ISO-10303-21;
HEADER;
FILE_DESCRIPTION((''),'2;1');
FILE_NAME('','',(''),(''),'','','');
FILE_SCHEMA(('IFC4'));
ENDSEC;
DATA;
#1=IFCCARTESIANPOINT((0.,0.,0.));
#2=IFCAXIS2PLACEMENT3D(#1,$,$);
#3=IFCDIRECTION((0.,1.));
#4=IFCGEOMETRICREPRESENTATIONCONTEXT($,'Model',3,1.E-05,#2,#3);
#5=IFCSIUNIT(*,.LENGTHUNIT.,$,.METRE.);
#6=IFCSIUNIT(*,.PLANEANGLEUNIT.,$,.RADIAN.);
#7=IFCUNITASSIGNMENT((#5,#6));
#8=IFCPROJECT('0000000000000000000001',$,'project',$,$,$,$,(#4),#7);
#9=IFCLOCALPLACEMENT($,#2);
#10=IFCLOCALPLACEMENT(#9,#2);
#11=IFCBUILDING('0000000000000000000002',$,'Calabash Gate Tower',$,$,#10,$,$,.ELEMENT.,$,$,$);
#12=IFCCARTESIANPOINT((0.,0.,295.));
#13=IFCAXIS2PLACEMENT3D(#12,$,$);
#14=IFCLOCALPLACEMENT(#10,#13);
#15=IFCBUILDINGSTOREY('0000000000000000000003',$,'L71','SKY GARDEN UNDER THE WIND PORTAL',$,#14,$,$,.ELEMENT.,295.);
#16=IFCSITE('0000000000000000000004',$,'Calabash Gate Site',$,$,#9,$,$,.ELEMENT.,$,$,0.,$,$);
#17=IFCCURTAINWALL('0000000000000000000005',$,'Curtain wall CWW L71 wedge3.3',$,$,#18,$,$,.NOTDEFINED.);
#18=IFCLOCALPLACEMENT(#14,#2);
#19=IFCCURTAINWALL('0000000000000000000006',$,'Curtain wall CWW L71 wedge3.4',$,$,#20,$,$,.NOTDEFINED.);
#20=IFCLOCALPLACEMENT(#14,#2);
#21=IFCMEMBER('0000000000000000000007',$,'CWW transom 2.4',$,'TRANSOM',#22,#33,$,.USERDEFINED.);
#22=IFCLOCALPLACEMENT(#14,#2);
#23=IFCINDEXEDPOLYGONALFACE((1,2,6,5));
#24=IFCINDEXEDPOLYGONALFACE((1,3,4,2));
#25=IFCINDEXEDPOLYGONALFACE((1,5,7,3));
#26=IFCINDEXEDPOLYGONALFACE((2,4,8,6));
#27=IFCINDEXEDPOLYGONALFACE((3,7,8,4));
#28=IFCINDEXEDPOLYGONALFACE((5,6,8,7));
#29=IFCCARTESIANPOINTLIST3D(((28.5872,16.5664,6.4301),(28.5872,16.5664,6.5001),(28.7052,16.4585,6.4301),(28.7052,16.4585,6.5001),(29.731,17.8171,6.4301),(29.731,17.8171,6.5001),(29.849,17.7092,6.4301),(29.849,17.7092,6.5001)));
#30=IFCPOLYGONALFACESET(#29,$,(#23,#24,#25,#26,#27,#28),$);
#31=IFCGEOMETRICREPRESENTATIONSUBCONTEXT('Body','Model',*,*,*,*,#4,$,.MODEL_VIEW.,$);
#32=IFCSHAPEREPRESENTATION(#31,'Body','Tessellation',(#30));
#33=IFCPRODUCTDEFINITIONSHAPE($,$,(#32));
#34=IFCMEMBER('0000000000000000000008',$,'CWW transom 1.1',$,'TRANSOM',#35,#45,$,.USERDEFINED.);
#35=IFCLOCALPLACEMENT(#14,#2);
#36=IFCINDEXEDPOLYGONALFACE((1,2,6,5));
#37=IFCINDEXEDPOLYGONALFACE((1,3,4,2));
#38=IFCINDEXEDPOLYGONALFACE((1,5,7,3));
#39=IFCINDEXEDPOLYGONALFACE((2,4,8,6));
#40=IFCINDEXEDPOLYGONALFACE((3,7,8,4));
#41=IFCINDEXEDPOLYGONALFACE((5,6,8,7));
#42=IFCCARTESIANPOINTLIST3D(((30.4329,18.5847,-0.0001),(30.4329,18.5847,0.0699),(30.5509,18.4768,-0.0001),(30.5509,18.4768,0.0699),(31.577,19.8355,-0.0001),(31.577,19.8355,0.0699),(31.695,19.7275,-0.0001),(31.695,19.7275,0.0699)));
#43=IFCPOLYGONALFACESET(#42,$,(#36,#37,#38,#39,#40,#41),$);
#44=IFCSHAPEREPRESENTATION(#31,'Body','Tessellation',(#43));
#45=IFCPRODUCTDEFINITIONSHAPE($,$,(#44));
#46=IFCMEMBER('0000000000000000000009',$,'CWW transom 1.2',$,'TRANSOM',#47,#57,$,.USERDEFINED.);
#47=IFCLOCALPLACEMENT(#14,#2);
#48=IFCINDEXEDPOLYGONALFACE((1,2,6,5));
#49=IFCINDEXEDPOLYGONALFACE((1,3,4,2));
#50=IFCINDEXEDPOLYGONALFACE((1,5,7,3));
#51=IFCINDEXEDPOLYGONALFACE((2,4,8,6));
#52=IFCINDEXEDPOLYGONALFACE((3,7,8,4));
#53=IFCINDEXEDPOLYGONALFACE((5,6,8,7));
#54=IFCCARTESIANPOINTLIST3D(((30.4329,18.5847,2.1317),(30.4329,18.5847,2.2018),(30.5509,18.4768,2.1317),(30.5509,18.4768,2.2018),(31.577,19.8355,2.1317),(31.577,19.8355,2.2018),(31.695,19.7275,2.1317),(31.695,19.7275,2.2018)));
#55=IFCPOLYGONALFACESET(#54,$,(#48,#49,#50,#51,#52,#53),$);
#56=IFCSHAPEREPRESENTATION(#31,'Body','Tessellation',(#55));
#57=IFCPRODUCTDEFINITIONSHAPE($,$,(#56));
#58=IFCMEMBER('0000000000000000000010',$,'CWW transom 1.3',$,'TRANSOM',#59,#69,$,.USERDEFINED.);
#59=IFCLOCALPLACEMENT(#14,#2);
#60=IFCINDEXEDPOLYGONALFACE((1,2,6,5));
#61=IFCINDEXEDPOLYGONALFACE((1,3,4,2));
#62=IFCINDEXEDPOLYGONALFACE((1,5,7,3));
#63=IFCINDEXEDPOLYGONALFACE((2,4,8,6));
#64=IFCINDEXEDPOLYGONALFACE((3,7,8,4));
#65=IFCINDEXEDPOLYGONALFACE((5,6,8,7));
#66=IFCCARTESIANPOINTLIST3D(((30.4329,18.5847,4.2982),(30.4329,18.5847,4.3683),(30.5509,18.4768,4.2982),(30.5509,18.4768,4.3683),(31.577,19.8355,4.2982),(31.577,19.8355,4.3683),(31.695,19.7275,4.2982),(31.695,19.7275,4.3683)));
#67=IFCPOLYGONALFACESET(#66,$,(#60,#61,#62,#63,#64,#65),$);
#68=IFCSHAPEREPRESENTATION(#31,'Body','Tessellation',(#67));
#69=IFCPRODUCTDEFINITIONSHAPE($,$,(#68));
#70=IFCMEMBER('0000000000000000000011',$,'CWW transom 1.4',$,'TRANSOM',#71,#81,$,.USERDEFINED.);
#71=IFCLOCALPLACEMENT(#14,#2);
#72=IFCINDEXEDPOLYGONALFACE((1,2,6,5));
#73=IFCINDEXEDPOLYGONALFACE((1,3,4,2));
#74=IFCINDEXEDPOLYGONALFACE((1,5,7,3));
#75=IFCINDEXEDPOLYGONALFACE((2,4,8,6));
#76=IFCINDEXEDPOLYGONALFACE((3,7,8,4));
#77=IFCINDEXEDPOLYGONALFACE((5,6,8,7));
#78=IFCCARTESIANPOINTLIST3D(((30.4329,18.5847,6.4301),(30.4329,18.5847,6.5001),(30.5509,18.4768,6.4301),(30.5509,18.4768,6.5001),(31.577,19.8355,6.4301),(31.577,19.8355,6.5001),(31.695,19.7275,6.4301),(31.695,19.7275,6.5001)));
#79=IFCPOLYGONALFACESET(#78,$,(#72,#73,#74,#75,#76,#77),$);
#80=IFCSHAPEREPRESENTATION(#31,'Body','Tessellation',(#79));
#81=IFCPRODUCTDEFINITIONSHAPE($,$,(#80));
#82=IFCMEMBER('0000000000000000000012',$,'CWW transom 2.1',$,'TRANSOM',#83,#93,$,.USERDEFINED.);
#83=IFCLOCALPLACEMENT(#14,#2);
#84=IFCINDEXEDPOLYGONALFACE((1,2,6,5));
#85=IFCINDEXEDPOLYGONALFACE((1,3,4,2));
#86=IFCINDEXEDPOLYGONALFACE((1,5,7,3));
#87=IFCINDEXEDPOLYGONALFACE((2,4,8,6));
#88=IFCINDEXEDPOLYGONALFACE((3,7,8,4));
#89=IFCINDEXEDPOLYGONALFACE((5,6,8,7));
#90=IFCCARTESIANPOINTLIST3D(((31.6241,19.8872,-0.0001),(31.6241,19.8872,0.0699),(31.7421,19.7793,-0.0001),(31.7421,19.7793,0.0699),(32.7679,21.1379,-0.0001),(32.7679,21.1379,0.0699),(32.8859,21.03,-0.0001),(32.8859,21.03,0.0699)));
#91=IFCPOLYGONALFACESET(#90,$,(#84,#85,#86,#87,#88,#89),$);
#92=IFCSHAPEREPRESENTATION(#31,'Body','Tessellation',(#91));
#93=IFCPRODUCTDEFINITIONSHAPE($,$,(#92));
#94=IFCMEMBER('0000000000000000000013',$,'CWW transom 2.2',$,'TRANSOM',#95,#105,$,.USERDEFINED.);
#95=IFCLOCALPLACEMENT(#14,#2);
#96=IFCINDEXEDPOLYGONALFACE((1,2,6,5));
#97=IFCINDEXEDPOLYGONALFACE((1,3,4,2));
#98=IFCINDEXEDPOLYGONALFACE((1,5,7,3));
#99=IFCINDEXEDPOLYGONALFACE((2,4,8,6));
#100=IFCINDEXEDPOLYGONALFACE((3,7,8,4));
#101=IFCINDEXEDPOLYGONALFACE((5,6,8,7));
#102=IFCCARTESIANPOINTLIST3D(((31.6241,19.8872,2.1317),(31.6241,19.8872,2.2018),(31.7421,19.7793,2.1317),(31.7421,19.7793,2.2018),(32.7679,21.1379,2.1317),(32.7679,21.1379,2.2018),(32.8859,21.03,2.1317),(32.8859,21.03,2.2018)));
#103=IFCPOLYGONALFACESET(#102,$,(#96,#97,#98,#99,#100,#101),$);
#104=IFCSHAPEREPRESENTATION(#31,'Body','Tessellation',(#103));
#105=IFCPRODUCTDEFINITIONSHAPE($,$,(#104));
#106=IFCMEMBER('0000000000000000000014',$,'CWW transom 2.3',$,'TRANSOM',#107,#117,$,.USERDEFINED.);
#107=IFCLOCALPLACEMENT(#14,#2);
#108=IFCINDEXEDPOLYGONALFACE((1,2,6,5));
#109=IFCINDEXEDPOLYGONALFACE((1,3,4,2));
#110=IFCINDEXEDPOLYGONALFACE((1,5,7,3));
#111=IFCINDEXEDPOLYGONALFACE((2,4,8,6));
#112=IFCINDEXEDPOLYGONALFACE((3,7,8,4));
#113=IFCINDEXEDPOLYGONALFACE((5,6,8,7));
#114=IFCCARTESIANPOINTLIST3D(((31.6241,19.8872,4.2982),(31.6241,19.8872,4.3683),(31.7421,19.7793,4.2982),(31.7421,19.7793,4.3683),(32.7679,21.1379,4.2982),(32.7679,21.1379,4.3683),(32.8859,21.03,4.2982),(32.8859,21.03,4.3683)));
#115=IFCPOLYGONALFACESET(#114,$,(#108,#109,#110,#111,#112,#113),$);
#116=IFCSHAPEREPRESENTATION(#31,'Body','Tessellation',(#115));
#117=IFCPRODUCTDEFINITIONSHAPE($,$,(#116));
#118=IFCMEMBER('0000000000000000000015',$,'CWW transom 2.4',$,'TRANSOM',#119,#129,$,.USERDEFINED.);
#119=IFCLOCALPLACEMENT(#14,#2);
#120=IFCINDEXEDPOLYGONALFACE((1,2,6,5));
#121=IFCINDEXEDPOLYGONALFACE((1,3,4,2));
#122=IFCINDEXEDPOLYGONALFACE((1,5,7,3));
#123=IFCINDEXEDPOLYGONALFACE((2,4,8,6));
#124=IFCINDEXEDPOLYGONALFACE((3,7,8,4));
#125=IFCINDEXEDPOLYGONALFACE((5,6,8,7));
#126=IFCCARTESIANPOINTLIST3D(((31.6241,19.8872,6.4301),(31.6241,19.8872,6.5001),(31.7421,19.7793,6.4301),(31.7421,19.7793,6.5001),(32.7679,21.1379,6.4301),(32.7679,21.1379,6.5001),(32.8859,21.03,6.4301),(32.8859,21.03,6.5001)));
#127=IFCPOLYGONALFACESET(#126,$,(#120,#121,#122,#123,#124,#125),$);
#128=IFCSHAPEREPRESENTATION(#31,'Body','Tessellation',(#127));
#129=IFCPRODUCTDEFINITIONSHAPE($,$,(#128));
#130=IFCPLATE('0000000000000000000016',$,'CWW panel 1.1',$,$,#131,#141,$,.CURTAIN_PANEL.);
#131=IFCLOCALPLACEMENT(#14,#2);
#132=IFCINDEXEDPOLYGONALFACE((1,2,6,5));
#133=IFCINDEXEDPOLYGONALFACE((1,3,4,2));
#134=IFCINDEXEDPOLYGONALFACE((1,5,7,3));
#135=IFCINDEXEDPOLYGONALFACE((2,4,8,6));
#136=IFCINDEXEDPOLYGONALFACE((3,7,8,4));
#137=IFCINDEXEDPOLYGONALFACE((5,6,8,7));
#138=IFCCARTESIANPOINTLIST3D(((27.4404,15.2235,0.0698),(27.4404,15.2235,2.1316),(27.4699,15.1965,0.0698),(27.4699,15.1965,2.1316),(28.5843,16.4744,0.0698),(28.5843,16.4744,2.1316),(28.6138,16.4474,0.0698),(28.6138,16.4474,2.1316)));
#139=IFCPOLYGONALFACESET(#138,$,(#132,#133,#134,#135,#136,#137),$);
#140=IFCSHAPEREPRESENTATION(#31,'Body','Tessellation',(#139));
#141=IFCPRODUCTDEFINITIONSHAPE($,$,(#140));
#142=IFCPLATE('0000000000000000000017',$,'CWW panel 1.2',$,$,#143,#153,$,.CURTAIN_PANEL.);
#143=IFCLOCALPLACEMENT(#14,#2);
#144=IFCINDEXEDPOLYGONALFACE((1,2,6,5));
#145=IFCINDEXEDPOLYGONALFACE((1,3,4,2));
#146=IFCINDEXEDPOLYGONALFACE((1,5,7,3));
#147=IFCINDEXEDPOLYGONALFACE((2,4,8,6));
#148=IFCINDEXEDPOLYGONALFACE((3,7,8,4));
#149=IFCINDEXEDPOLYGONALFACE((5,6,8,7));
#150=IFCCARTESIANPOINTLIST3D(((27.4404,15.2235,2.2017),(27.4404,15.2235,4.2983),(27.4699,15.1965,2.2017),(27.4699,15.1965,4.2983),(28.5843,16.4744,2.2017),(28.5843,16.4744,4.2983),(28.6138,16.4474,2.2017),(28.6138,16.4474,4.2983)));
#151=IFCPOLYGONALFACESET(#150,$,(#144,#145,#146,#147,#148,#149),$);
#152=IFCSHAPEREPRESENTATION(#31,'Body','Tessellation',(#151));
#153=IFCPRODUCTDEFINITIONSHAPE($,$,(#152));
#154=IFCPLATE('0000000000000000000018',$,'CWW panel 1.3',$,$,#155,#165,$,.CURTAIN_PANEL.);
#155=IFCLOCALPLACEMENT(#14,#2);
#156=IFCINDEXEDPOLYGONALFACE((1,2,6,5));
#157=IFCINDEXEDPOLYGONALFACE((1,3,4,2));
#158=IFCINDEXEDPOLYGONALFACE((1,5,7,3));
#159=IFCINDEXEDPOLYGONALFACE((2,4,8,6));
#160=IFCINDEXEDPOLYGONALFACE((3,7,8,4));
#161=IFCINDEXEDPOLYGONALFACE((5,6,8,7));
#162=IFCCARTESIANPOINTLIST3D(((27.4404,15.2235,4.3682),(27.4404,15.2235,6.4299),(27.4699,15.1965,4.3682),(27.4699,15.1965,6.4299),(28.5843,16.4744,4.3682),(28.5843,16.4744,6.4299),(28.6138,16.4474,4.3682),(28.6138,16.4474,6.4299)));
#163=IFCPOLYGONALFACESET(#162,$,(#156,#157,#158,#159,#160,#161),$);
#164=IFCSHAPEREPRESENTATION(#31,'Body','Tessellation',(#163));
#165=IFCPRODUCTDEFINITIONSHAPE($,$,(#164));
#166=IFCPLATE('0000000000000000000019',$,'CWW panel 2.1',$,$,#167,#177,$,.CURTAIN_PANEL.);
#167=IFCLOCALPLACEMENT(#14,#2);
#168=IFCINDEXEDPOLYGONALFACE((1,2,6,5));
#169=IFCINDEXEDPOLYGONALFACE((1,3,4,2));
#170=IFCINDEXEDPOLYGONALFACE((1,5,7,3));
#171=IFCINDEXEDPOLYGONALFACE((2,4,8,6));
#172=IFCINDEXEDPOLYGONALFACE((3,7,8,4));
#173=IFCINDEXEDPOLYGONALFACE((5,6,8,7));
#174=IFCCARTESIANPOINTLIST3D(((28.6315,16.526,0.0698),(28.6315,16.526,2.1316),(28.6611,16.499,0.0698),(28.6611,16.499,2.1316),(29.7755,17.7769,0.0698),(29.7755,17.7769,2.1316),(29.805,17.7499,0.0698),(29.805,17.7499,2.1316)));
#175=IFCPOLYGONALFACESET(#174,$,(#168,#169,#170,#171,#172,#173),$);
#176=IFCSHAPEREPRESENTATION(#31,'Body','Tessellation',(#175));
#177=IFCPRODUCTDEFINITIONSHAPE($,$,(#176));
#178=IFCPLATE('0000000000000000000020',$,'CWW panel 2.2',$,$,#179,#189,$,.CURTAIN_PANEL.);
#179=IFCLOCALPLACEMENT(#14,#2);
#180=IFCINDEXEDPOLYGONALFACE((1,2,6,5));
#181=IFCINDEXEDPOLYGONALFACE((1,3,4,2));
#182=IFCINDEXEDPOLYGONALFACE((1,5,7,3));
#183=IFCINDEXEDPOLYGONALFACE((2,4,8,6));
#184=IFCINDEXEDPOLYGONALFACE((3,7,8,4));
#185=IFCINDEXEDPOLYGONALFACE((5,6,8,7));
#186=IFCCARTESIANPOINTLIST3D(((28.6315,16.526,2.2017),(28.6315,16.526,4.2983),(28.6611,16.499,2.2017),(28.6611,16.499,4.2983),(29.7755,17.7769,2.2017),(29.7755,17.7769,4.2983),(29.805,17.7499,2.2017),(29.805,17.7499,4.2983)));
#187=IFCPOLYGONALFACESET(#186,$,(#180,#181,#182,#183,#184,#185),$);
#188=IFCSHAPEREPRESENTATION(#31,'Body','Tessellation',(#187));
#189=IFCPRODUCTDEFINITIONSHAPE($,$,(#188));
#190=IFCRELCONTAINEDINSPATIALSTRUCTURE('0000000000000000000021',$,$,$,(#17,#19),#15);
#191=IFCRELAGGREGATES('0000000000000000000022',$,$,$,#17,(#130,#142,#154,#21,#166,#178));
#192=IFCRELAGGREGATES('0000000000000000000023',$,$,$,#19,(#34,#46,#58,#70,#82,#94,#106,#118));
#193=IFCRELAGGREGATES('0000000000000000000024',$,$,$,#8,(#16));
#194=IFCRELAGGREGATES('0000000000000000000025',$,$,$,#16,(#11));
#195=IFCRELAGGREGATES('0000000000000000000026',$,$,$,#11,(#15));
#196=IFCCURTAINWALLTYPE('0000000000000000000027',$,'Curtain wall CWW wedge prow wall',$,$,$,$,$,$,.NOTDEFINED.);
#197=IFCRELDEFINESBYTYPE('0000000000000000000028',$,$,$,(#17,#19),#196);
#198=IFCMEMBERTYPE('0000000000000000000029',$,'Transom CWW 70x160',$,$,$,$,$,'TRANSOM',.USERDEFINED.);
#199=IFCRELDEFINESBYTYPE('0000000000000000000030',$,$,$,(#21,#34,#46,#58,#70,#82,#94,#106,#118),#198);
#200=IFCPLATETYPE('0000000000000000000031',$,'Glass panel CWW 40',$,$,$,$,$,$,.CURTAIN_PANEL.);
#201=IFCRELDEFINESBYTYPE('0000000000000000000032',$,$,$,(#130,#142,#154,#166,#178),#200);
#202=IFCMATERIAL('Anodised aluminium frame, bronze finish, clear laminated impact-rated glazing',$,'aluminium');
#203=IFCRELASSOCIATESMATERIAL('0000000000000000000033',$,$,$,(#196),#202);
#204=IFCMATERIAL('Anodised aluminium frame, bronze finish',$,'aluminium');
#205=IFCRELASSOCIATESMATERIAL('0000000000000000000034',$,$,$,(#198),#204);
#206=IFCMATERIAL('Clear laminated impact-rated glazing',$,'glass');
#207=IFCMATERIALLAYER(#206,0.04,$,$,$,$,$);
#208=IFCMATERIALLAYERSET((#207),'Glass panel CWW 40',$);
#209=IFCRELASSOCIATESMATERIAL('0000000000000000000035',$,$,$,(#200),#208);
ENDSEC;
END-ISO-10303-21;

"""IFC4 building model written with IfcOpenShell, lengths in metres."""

from ifc_helpers import new_model, si_unit, direction, frame, origin, origin_2d, place, context, subcontext, project, spatial, rectangle, extrude, material, layer, layer_set, material_profile, profile_set, type_object, element, aggregate, save


model = new_model("IFC4")

# Units and contexts
model_context = context("Model", 3, precision=1e-05, world=origin(), true_north=direction((0.0, 1.0)))
body_context = subcontext(model_context, "Body", "Model", "MODEL_VIEW")
ifc_project = project(units=[si_unit("LENGTHUNIT", "METRE"), si_unit("PLANEANGLEUNIT", "RADIAN")], contexts=[model_context])

# Site, building, storey
site_placement = place(None, origin())
site = spatial("IfcSite", under=ifc_project, at=site_placement, Name="Calabash Gate Site", CompositionType="ELEMENT", RefElevation=0.0)
building_placement = place(site_placement, origin())
building = spatial("IfcBuilding", under=site, at=building_placement, Name="Calabash Gate Tower", CompositionType="ELEMENT")
storey_placement = place(building_placement, frame((0.0, 0.0, 295.0)))
storey = spatial("IfcBuildingStorey", under=building, at=storey_placement, Name="L71", Description="SKY GARDEN UNDER THE WIND PORTAL", CompositionType="ELEMENT", Elevation=295.0)

# Curtain walls
ifc_material_1 = material(Name="Anodised aluminium frame, bronze finish, clear laminated impact-rated glazing", Category="aluminium")
curtain_wall_type = type_object("IfcCurtainWallType", Name="Curtain wall CWW wedge prow wall", PredefinedType="NOTDEFINED", material=ifc_material_1)
curtain_wall_1_placement = place(storey_placement, origin())
curtain_wall_1 = element("IfcCurtainWall", 1, at=curtain_wall_1_placement, inside=storey, type_object=curtain_wall_type, Name="Curtain wall CWW L71 wedge3.3", PredefinedType="NOTDEFINED")
curtain_wall_2_placement = place(storey_placement, origin())
curtain_wall_2 = element("IfcCurtainWall", 2, at=curtain_wall_2_placement, inside=storey, type_object=curtain_wall_type, Name="Curtain wall CWW L71 wedge3.4", PredefinedType="NOTDEFINED")

# Members
ifc_material_2 = material(Name="Anodised aluminium frame, bronze finish", Category="aluminium")
ifc_material_profile_1 = material_profile(ifc_material_2, rectangle(XDim=0.1599, YDim=0.0701, at=origin_2d()))
ifc_profile_set_1 = profile_set([ifc_material_profile_1], Name="Anodised aluminium frame, bronze finish")
member_type_1 = type_object("IfcMemberType", Name="Transom CWW 70x160", ElementType="TRANSOM", PredefinedType="USERDEFINED", material=ifc_profile_set_1)
member_1_placement = place(storey_placement, frame((28.6462, 16.5125, 6.4651), z_axis=(0.674857, 0.737949, 0.0), x_axis=(-0.737949, 0.674857, 0.0)))
member_1 = element("IfcMember", 3, at=member_1_placement, type_object=member_type_1, Name="CWW transom 2.4", ObjectType="TRANSOM", PredefinedType="USERDEFINED", context=body_context, shape_type="SweptSolid", body=[
    extrude(rectangle(XDim=0.1599, YDim=0.0701, at=origin_2d()), origin(), (0.0, 0.0, 1.0), 1.6948),
])
member_2_placement = place(storey_placement, frame((30.4919, 18.5308, 0.0349), z_axis=(0.674935, 0.737877, 0.0), x_axis=(-0.737877, 0.674935, 0.0)))
member_2 = element("IfcMember", 4, at=member_2_placement, type_object=member_type_1, Name="CWW transom 1.1", ObjectType="TRANSOM", PredefinedType="USERDEFINED", context=body_context, shape_type="SweptSolid", body=[
    extrude(rectangle(XDim=0.1599, YDim=0.0701, at=origin_2d()), origin(), (0.0, 0.0, 1.0), 1.6951),
])
member_3_placement = place(storey_placement, frame((30.4919, 18.5308, 2.1667), z_axis=(0.674935, 0.737877, 0.0), x_axis=(-0.737877, 0.674935, 0.0)))
member_3 = element("IfcMember", 5, at=member_3_placement, type_object=member_type_1, Name="CWW transom 1.2", ObjectType="TRANSOM", PredefinedType="USERDEFINED", context=body_context, shape_type="SweptSolid", body=[
    extrude(rectangle(XDim=0.1599, YDim=0.0701, at=origin_2d()), origin(), (0.0, 0.0, 1.0), 1.6951),
])
member_4_placement = place(storey_placement, frame((30.4919, 18.5308, 4.3333), z_axis=(0.674935, 0.737877, 0.0), x_axis=(-0.737877, 0.674935, 0.0)))
member_4 = element("IfcMember", 6, at=member_4_placement, type_object=member_type_1, Name="CWW transom 1.3", ObjectType="TRANSOM", PredefinedType="USERDEFINED", context=body_context, shape_type="SweptSolid", body=[
    extrude(rectangle(XDim=0.1599, YDim=0.0701, at=origin_2d()), origin(), (0.0, 0.0, 1.0), 1.6951),
])
member_5_placement = place(storey_placement, frame((30.4919, 18.5308, 6.4651), z_axis=(0.674935, 0.737877, 0.0), x_axis=(-0.737877, 0.674935, 0.0)))
member_5 = element("IfcMember", 7, at=member_5_placement, type_object=member_type_1, Name="CWW transom 1.4", ObjectType="TRANSOM", PredefinedType="USERDEFINED", context=body_context, shape_type="SweptSolid", body=[
    extrude(rectangle(XDim=0.1599, YDim=0.0701, at=origin_2d()), origin(), (0.0, 0.0, 1.0), 1.6951),
])
member_6_placement = place(storey_placement, frame((31.6831, 19.8333, 0.0349), z_axis=(0.674857, 0.737949, 0.0), x_axis=(-0.737949, 0.674857, 0.0)))
member_6 = element("IfcMember", 8, at=member_6_placement, type_object=member_type_1, Name="CWW transom 2.1", ObjectType="TRANSOM", PredefinedType="USERDEFINED", context=body_context, shape_type="SweptSolid", body=[
    extrude(rectangle(XDim=0.1599, YDim=0.0701, at=origin_2d()), origin(), (0.0, 0.0, 1.0), 1.6948),
])
member_7_placement = place(storey_placement, frame((31.6831, 19.8333, 2.1667), z_axis=(0.674857, 0.737949, 0.0), x_axis=(-0.737949, 0.674857, 0.0)))
member_7 = element("IfcMember", 9, at=member_7_placement, type_object=member_type_1, Name="CWW transom 2.2", ObjectType="TRANSOM", PredefinedType="USERDEFINED", context=body_context, shape_type="SweptSolid", body=[
    extrude(rectangle(XDim=0.1599, YDim=0.0701, at=origin_2d()), origin(), (0.0, 0.0, 1.0), 1.6948),
])
member_8_placement = place(storey_placement, frame((31.6831, 19.8333, 4.3333), z_axis=(0.674857, 0.737949, 0.0), x_axis=(-0.737949, 0.674857, 0.0)))
member_8 = element("IfcMember", 10, at=member_8_placement, type_object=member_type_1, Name="CWW transom 2.3", ObjectType="TRANSOM", PredefinedType="USERDEFINED", context=body_context, shape_type="SweptSolid", body=[
    extrude(rectangle(XDim=0.1599, YDim=0.0701, at=origin_2d()), origin(), (0.0, 0.0, 1.0), 1.6948),
])
member_9_placement = place(storey_placement, frame((31.6831, 19.8333, 6.4651), z_axis=(0.674857, 0.737949, 0.0), x_axis=(-0.737949, 0.674857, 0.0)))
member_9 = element("IfcMember", 11, at=member_9_placement, type_object=member_type_1, Name="CWW transom 2.4", ObjectType="TRANSOM", PredefinedType="USERDEFINED", context=body_context, shape_type="SweptSolid", body=[
    extrude(rectangle(XDim=0.1599, YDim=0.0701, at=origin_2d()), origin(), (0.0, 0.0, 1.0), 1.6948),
])

# Plates
ifc_material_3 = material(Name="Clear laminated impact-rated glazing", Category="glass")
ifc_layer_1 = layer(ifc_material_3, 0.04)
ifc_layer_set_1 = layer_set([ifc_layer_1], Name="Glass panel CWW 40")
plate_type = type_object("IfcPlateType", Name="Glass panel CWW 40", PredefinedType="CURTAIN_PANEL", material=ifc_layer_set_1)
plate_1_placement = place(storey_placement, frame((28.0271, 15.8354, 0.0698), z_axis=(0.0, 0.0, 1.0), x_axis=(0.674856, 0.737949, 0.0)))
plate_1 = element("IfcPlate", 12, at=plate_1_placement, type_object=plate_type, Name="CWW panel 1.1", PredefinedType="CURTAIN_PANEL", context=body_context, shape_type="SweptSolid", body=[
    extrude(rectangle(XDim=1.6951, YDim=0.04, at=origin_2d()), origin(), (0.0, 0.0, 1.0), 2.0618),
])
plate_2_placement = place(storey_placement, frame((28.0271, 15.8354, 2.2017), z_axis=(0.0, 0.0, 1.0), x_axis=(0.674856, 0.737949, 0.0)))
plate_2 = element("IfcPlate", 13, at=plate_2_placement, type_object=plate_type, Name="CWW panel 1.2", PredefinedType="CURTAIN_PANEL", context=body_context, shape_type="SweptSolid", body=[
    extrude(rectangle(XDim=1.6951, YDim=0.04, at=origin_2d()), origin(), (0.0, 0.0, 1.0), 2.0967),
])
plate_3_placement = place(storey_placement, frame((28.0271, 15.8354, 4.3682), z_axis=(0.0, 0.0, 1.0), x_axis=(0.674856, 0.737949, 0.0)))
plate_3 = element("IfcPlate", 14, at=plate_3_placement, type_object=plate_type, Name="CWW panel 1.3", PredefinedType="CURTAIN_PANEL", context=body_context, shape_type="SweptSolid", body=[
    extrude(rectangle(XDim=1.6951, YDim=0.04, at=origin_2d()), origin(), (0.0, 0.0, 1.0), 2.0618),
])
plate_4_placement = place(storey_placement, frame((29.2183, 17.1379, 0.0698), z_axis=(0.0, 0.0, 1.0), x_axis=(0.674856, 0.737949, 0.0)))
plate_4 = element("IfcPlate", 15, at=plate_4_placement, type_object=plate_type, Name="CWW panel 2.1", PredefinedType="CURTAIN_PANEL", context=body_context, shape_type="SweptSolid", body=[
    extrude(rectangle(XDim=1.6951, YDim=0.04, at=origin_2d()), origin(), (0.0, 0.0, 1.0), 2.0618),
])
plate_5_placement = place(storey_placement, frame((29.2183, 17.1379, 2.2017), z_axis=(0.0, 0.0, 1.0), x_axis=(0.674856, 0.737949, 0.0)))
plate_5 = element("IfcPlate", 16, at=plate_5_placement, type_object=plate_type, Name="CWW panel 2.2", PredefinedType="CURTAIN_PANEL", context=body_context, shape_type="SweptSolid", body=[
    extrude(rectangle(XDim=1.6951, YDim=0.04, at=origin_2d()), origin(), (0.0, 0.0, 1.0), 2.0967),
])
aggregate(curtain_wall_1, [plate_1, plate_2, plate_3, member_1, plate_4, plate_5])
aggregate(curtain_wall_2, [member_2, member_3, member_4, member_5, member_6, member_7, member_8, member_9])

save(model, "model.ifc")
